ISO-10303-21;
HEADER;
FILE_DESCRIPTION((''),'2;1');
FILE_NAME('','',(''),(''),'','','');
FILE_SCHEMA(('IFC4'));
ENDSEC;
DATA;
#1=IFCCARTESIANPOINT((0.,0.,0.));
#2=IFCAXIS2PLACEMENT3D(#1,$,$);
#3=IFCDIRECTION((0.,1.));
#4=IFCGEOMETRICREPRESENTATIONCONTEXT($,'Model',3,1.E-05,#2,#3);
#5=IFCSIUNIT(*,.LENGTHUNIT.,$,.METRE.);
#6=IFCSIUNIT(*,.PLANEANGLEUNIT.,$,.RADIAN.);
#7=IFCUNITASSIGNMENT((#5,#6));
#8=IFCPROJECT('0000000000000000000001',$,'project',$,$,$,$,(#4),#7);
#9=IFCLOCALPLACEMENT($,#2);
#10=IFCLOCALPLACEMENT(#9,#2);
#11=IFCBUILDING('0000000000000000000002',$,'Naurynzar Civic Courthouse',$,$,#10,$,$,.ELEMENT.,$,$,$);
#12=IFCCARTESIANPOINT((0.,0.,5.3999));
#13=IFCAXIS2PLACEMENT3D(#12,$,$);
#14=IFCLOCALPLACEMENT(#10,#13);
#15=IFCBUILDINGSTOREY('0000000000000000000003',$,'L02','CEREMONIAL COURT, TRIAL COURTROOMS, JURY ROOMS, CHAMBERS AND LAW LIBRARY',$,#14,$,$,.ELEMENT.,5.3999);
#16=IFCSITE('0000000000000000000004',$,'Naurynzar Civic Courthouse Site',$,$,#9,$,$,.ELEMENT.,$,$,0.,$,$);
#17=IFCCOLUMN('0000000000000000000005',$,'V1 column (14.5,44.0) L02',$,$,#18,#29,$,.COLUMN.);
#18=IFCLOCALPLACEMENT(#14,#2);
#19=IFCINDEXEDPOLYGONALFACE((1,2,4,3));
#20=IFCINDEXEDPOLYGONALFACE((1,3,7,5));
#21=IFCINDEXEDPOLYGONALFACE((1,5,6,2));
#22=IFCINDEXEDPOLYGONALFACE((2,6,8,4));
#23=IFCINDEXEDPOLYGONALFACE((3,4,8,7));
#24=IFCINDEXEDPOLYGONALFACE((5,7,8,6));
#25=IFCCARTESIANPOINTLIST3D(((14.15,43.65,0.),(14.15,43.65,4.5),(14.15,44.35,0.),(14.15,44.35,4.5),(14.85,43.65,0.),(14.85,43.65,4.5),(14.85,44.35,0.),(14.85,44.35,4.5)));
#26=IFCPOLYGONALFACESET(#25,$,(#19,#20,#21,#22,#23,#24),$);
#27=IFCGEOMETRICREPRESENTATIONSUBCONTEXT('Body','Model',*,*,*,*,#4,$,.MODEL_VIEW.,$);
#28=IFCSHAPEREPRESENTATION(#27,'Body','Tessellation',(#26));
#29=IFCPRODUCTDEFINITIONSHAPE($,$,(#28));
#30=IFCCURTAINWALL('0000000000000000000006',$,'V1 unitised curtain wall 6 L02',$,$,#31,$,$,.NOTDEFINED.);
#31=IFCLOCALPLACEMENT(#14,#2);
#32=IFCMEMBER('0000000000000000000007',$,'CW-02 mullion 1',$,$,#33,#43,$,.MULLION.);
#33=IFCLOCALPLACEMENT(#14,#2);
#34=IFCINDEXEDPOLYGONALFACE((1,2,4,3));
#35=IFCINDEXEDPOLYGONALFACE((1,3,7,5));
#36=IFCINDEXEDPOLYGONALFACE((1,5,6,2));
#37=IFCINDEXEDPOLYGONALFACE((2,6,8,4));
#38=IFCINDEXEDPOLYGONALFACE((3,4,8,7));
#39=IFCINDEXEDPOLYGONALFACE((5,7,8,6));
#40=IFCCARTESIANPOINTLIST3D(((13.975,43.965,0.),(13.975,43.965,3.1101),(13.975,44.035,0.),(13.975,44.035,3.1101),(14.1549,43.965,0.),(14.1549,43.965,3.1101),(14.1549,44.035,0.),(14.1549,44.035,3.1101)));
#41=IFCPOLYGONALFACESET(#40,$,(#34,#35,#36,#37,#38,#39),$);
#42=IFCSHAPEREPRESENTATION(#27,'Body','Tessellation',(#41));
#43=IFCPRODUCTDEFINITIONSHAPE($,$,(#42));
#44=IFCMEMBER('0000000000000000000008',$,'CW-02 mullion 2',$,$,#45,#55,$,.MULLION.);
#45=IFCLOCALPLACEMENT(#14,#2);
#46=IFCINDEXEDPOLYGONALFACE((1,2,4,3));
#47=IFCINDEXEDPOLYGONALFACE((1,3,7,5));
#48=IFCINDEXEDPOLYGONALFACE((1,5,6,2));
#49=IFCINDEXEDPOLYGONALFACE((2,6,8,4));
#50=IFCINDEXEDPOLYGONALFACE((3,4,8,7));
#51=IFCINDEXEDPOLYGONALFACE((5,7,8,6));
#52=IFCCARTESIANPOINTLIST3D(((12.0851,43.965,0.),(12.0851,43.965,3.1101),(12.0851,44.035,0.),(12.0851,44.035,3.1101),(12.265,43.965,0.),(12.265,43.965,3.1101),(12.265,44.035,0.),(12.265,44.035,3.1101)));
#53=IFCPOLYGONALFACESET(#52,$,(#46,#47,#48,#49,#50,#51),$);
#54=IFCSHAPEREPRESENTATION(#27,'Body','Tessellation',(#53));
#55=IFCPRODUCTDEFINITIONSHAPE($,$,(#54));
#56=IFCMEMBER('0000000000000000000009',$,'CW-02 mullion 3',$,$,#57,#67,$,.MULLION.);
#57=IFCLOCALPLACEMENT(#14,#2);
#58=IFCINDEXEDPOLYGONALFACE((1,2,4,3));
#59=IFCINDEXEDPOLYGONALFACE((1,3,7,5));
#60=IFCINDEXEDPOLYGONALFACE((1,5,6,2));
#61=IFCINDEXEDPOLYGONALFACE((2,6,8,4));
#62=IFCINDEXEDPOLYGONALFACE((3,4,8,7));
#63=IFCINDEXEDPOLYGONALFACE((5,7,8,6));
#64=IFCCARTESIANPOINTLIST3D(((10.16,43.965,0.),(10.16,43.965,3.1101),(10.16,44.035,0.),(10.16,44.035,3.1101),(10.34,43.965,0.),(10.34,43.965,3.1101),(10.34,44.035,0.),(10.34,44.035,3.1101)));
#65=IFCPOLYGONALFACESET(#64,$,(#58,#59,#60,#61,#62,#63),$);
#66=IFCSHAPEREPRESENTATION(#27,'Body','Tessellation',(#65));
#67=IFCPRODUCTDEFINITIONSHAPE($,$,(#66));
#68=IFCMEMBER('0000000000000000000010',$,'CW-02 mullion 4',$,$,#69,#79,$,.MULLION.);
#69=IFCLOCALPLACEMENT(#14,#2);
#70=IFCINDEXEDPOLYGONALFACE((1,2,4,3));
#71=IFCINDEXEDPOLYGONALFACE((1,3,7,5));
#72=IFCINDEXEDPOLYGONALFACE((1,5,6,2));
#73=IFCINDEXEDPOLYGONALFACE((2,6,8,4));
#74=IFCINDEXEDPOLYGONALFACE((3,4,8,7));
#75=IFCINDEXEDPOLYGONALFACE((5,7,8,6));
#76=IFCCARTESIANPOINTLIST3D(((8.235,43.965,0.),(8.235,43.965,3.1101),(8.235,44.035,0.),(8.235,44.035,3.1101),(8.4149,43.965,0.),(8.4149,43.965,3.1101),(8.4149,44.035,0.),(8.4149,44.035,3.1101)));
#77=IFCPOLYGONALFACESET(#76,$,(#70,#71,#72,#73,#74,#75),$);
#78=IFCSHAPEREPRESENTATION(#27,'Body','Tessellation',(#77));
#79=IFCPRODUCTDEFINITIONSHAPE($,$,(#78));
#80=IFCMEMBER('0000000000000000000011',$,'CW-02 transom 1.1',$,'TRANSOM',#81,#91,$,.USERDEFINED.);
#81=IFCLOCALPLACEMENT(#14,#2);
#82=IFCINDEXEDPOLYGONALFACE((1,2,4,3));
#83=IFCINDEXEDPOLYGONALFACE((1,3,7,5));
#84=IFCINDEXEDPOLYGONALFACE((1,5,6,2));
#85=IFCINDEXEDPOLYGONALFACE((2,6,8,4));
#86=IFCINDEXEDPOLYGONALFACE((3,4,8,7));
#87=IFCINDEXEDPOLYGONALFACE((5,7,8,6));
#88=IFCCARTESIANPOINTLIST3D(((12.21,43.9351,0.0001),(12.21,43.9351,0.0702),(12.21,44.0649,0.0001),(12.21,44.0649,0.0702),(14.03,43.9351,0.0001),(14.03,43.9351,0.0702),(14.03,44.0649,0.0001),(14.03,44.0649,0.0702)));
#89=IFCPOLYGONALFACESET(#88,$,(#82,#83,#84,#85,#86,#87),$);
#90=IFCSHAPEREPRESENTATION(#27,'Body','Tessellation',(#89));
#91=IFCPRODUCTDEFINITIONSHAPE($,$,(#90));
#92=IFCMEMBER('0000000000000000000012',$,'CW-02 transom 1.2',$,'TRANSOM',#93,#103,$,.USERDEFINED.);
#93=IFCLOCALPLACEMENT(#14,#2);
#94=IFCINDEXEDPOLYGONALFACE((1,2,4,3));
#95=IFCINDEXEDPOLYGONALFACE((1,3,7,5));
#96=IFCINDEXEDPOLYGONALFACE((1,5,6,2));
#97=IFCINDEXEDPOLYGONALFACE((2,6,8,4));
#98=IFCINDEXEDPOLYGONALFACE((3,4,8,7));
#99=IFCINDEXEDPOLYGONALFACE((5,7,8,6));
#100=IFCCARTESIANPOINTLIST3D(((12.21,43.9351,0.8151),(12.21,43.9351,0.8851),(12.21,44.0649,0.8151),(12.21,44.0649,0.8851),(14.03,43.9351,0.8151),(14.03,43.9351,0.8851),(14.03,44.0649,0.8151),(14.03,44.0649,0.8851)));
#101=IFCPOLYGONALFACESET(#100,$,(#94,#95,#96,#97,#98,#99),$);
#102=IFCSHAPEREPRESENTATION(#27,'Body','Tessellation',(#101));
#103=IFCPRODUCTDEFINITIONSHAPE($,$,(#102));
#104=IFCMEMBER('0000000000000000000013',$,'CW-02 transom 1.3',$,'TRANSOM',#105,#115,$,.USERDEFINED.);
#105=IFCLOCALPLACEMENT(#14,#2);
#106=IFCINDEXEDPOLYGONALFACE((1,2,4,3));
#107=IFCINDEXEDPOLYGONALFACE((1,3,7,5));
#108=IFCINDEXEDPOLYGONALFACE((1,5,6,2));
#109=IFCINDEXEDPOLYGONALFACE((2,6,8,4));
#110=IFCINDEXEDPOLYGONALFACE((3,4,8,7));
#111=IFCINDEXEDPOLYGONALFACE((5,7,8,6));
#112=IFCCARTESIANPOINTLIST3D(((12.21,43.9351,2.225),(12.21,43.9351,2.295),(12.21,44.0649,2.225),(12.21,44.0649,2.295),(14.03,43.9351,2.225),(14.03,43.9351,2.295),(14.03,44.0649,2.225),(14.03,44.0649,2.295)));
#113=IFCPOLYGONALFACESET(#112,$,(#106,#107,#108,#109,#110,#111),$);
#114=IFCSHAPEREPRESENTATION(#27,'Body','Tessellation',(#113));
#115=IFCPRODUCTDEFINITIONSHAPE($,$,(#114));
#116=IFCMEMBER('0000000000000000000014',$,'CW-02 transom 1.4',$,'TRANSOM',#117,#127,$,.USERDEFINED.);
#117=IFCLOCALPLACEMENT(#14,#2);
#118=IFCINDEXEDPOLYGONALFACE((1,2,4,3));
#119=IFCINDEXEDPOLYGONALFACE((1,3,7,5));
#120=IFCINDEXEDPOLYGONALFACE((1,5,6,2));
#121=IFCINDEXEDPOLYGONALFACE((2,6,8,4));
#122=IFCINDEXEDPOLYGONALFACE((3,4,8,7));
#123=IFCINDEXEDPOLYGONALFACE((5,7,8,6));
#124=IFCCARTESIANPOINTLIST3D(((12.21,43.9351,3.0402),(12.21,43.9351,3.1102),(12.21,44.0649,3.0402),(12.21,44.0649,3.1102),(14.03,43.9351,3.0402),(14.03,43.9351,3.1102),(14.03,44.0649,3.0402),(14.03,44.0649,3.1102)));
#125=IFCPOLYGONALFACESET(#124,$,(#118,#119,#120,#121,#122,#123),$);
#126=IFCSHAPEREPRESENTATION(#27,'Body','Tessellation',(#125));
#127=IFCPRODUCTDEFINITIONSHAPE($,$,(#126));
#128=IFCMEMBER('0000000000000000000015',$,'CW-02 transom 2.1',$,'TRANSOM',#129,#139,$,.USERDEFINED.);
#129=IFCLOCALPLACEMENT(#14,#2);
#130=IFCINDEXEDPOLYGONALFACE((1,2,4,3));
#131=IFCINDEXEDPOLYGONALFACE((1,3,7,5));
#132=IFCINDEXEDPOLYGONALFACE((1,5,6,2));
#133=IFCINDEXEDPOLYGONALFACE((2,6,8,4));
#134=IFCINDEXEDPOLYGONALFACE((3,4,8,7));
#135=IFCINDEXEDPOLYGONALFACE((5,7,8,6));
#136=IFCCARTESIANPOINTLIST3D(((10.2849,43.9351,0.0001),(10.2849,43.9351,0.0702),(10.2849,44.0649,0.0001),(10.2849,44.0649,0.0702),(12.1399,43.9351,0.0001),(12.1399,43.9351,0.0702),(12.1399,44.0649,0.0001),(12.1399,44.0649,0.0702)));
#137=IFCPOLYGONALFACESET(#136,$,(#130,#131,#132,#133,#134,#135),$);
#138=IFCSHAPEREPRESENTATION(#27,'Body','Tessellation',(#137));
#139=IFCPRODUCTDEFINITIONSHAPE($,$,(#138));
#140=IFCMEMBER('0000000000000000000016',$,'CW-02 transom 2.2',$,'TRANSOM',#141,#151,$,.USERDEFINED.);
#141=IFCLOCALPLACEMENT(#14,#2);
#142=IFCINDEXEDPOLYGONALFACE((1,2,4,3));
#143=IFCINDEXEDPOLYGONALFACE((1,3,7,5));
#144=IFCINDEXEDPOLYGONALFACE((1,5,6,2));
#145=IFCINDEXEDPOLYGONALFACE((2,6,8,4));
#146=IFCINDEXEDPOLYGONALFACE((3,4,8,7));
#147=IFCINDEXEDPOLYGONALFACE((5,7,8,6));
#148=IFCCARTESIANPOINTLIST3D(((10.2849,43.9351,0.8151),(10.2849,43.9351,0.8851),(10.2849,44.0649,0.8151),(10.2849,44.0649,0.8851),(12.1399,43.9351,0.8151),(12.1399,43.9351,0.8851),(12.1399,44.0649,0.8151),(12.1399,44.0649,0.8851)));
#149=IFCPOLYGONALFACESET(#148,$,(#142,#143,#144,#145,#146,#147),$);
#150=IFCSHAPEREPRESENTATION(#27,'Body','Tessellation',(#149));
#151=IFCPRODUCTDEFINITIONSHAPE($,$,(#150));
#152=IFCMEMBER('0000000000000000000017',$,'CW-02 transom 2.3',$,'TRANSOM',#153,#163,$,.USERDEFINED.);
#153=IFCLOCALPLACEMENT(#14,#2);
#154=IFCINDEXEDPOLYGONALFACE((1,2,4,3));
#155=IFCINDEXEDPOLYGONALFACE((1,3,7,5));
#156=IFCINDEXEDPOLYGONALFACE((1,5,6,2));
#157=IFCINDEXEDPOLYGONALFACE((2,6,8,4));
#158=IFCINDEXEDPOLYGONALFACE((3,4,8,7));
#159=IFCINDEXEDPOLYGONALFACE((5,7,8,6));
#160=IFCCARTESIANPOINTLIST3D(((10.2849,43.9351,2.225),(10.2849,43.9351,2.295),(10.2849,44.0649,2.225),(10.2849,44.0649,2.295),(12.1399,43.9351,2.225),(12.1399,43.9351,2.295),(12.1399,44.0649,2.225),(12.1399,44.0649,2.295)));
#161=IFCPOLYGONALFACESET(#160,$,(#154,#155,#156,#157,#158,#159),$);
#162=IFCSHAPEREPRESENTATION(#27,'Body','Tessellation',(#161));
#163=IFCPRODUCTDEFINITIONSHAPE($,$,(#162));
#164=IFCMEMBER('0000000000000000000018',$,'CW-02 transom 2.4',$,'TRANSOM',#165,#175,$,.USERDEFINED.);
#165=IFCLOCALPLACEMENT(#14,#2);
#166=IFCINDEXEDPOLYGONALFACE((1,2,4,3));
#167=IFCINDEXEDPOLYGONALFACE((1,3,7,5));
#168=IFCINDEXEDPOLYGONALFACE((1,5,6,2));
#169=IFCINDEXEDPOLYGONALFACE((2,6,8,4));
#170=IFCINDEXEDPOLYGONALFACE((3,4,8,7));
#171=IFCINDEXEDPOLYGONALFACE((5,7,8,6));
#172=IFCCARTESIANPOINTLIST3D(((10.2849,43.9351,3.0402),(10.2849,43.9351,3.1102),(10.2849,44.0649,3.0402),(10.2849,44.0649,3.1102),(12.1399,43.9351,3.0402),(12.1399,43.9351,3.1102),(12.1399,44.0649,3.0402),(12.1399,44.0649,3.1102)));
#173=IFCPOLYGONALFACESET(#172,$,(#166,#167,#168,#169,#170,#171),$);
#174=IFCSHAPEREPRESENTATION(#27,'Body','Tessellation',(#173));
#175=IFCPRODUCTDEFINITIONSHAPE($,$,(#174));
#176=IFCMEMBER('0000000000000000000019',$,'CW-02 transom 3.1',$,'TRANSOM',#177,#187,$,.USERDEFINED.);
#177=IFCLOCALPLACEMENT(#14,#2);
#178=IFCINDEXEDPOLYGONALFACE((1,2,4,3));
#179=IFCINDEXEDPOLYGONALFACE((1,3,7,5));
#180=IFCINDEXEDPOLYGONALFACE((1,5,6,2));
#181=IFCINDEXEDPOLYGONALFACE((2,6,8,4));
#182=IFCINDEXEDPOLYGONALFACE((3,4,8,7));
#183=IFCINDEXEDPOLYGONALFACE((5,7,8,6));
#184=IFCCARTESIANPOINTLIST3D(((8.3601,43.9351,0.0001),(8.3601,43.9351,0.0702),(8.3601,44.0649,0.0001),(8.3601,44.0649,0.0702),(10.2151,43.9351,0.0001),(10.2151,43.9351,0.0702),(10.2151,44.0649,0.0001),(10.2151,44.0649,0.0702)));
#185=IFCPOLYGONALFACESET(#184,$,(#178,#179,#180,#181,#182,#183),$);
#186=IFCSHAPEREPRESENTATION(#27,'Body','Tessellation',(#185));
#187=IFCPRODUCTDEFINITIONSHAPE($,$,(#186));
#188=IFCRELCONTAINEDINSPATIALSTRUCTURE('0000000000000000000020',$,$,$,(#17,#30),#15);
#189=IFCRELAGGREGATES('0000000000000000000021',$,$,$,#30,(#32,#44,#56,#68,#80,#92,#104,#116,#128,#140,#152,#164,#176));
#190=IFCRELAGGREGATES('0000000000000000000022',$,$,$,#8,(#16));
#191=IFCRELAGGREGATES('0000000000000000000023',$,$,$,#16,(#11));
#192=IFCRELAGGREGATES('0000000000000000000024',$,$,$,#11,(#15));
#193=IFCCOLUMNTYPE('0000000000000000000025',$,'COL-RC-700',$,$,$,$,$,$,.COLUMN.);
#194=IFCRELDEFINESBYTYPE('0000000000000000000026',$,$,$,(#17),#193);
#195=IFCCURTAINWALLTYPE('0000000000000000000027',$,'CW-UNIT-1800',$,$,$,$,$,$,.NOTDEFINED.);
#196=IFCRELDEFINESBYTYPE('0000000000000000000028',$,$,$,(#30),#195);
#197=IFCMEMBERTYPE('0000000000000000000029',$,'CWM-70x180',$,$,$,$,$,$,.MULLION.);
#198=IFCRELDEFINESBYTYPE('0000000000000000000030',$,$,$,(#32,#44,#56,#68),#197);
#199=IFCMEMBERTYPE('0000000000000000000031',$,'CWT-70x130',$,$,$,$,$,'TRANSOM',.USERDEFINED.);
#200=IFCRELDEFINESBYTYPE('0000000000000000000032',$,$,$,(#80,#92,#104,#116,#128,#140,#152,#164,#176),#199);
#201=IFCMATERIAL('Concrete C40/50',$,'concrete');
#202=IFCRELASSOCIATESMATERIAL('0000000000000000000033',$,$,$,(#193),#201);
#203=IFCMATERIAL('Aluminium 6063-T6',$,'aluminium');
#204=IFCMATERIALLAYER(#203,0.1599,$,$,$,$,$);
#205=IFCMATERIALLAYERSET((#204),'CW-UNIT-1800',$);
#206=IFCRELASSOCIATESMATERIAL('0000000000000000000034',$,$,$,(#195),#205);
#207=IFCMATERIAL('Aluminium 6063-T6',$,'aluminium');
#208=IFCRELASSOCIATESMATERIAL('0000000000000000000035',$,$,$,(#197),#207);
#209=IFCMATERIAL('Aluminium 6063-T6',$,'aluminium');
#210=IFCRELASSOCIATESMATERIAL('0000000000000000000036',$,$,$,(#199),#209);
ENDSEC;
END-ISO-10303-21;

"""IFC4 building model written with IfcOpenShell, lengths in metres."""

from ifc_helpers import new_model, si_unit, direction, frame, origin, origin_2d, place, context, subcontext, project, spatial, rectangle, extrude, material, layer, layer_set, material_profile, profile_set, type_object, element, aggregate, save


model = new_model("IFC4")

# Units and contexts
model_context = context("Model", 3, precision=1e-05, world=origin(), true_north=direction((0.0, 1.0)))
body_context = subcontext(model_context, "Body", "Model", "MODEL_VIEW")
ifc_project = project(units=[si_unit("LENGTHUNIT", "METRE"), si_unit("PLANEANGLEUNIT", "RADIAN")], contexts=[model_context])

# Site, building, storey
site_placement = place(None, origin())
site = spatial("IfcSite", under=ifc_project, at=site_placement, Name="Naurynzar Civic Courthouse Site", CompositionType="ELEMENT", RefElevation=0.0)
building_placement = place(site_placement, origin())
building = spatial("IfcBuilding", under=site, at=building_placement, Name="Naurynzar Civic Courthouse", CompositionType="ELEMENT")
storey_placement = place(building_placement, frame((0.0, 0.0, 5.3999)))
storey = spatial("IfcBuildingStorey", under=building, at=storey_placement, Name="L02", Description="CEREMONIAL COURT, TRIAL COURTROOMS, JURY ROOMS, CHAMBERS AND LAW LIBRARY", CompositionType="ELEMENT", Elevation=5.3999)

# Column
ifc_material_1 = material(Name="Concrete C40/50", Category="concrete")
ifc_material_profile_1 = material_profile(ifc_material_1, rectangle(XDim=0.7, YDim=0.7, at=origin_2d()), Name="RC 700x700")
ifc_profile_set_1 = profile_set([ifc_material_profile_1], Name="Concrete C40/50")
column_type = type_object("IfcColumnType", Name="COL-RC-700", PredefinedType="COLUMN", material=ifc_profile_set_1)
column_placement = place(storey_placement, frame((14.5, 44.0, 0.0), z_axis=(0.0, 0.0, 1.0), x_axis=(1.0, 0.0, 0.0)))
element("IfcColumn", 1, at=column_placement, inside=storey, type_object=column_type, Name="V1 column (14.5,44.0) L02", PredefinedType="COLUMN", context=body_context, shape_type="SweptSolid", body=[
    extrude(rectangle(XDim=0.7, YDim=0.7, at=origin_2d()), origin(), (0.0, 0.0, 1.0), 4.5),
])

# Curtain wall, members
ifc_material_2 = material(Name="Aluminium 6063-T6", Category="aluminium")
ifc_layer_1 = layer(ifc_material_2, 0.1599)
ifc_layer_set_1 = layer_set([ifc_layer_1], Name="CW-UNIT-1800")
curtain_wall_type = type_object("IfcCurtainWallType", Name="CW-UNIT-1800", PredefinedType="NOTDEFINED", material=ifc_layer_set_1)
curtain_wall_placement = place(storey_placement, origin())
curtain_wall = element("IfcCurtainWall", 2, at=curtain_wall_placement, inside=storey, type_object=curtain_wall_type, Name="V1 unitised curtain wall 6 L02", PredefinedType="NOTDEFINED")
ifc_material_3 = material(Name="Aluminium 6063-T6", Category="aluminium")
ifc_material_profile_2 = material_profile(ifc_material_3, rectangle(XDim=0.0701, YDim=0.1799, at=origin_2d()), Name="ALU MULLION 70x180")
ifc_profile_set_2 = profile_set([ifc_material_profile_2], Name="Aluminium 6063-T6")
member_type_1 = type_object("IfcMemberType", Name="CWM-70x180", PredefinedType="MULLION", material=ifc_profile_set_2)
member_1_placement = place(storey_placement, frame((14.0649, 44.0, 0.0), z_axis=(0.0, 0.0, 1.0), x_axis=(0.0, -1.0, 0.0)))
member_1 = element("IfcMember", 3, at=member_1_placement, type_object=member_type_1, Name="CW-02 mullion 1", PredefinedType="MULLION", context=body_context, shape_type="SweptSolid", body=[
    extrude(rectangle(XDim=0.0701, YDim=0.1799, at=origin_2d()), origin(), (0.0, 0.0, 1.0), 3.1101),
])
member_2_placement = place(storey_placement, frame((12.175, 44.0, 0.0), z_axis=(0.0, 0.0, 1.0), x_axis=(0.0, -1.0, 0.0)))
member_2 = element("IfcMember", 4, at=member_2_placement, type_object=member_type_1, Name="CW-02 mullion 2", PredefinedType="MULLION", context=body_context, shape_type="SweptSolid", body=[
    extrude(rectangle(XDim=0.0701, YDim=0.1799, at=origin_2d()), origin(), (0.0, 0.0, 1.0), 3.1101),
])
member_3_placement = place(storey_placement, frame((10.25, 44.0, 0.0), z_axis=(0.0, 0.0, 1.0), x_axis=(0.0, -1.0, 0.0)))
member_3 = element("IfcMember", 5, at=member_3_placement, type_object=member_type_1, Name="CW-02 mullion 3", PredefinedType="MULLION", context=body_context, shape_type="SweptSolid", body=[
    extrude(rectangle(XDim=0.0701, YDim=0.1799, at=origin_2d()), origin(), (0.0, 0.0, 1.0), 3.1101),
])
member_4_placement = place(storey_placement, frame((8.325, 44.0, 0.0), z_axis=(0.0, 0.0, 1.0), x_axis=(0.0, -1.0, 0.0)))
member_4 = element("IfcMember", 6, at=member_4_placement, type_object=member_type_1, Name="CW-02 mullion 4", PredefinedType="MULLION", context=body_context, shape_type="SweptSolid", body=[
    extrude(rectangle(XDim=0.0701, YDim=0.1799, at=origin_2d()), origin(), (0.0, 0.0, 1.0), 3.1101),
])
ifc_material_4 = material(Name="Aluminium 6063-T6", Category="aluminium")
ifc_material_profile_3 = material_profile(ifc_material_4, rectangle(XDim=0.1299, YDim=0.0701, at=origin_2d()), Name="ALU TRANSOM 70x130")
ifc_profile_set_3 = profile_set([ifc_material_profile_3], Name="Aluminium 6063-T6")
member_type_2 = type_object("IfcMemberType", Name="CWT-70x130", ElementType="TRANSOM", PredefinedType="USERDEFINED", material=ifc_profile_set_3)
member_5_placement = place(storey_placement, frame((14.03, 44.0, 0.0352), z_axis=(-1.0, 0.0, 0.0), x_axis=(0.0, -1.0, 0.0)))
member_5 = element("IfcMember", 7, at=member_5_placement, type_object=member_type_2, Name="CW-02 transom 1.1", ObjectType="TRANSOM", PredefinedType="USERDEFINED", context=body_context, shape_type="SweptSolid", body=[
    extrude(rectangle(XDim=0.1299, YDim=0.0701, at=origin_2d()), origin(), (0.0, 0.0, 1.0), 1.8201),
])
member_6_placement = place(storey_placement, frame((14.03, 44.0, 0.8501), z_axis=(-1.0, 0.0, 0.0), x_axis=(0.0, -1.0, 0.0)))
member_6 = element("IfcMember", 8, at=member_6_placement, type_object=member_type_2, Name="CW-02 transom 1.2", ObjectType="TRANSOM", PredefinedType="USERDEFINED", context=body_context, shape_type="SweptSolid", body=[
    extrude(rectangle(XDim=0.1299, YDim=0.0701, at=origin_2d()), origin(), (0.0, 0.0, 1.0), 1.8201),
])
member_7_placement = place(storey_placement, frame((14.03, 44.0, 2.26), z_axis=(-1.0, 0.0, 0.0), x_axis=(0.0, -1.0, 0.0)))
member_7 = element("IfcMember", 9, at=member_7_placement, type_object=member_type_2, Name="CW-02 transom 1.3", ObjectType="TRANSOM", PredefinedType="USERDEFINED", context=body_context, shape_type="SweptSolid", body=[
    extrude(rectangle(XDim=0.1299, YDim=0.0701, at=origin_2d()), origin(), (0.0, 0.0, 1.0), 1.8201),
])
member_8_placement = place(storey_placement, frame((14.03, 44.0, 3.0752), z_axis=(-1.0, 0.0, 0.0), x_axis=(0.0, -1.0, 0.0)))
member_8 = element("IfcMember", 10, at=member_8_placement, type_object=member_type_2, Name="CW-02 transom 1.4", ObjectType="TRANSOM", PredefinedType="USERDEFINED", context=body_context, shape_type="SweptSolid", body=[
    extrude(rectangle(XDim=0.1299, YDim=0.0701, at=origin_2d()), origin(), (0.0, 0.0, 1.0), 1.8201),
])
member_9_placement = place(storey_placement, frame((12.1399, 44.0, 0.0352), z_axis=(-1.0, 0.0, 0.0), x_axis=(0.0, -1.0, 0.0)))
member_9 = element("IfcMember", 11, at=member_9_placement, type_object=member_type_2, Name="CW-02 transom 2.1", ObjectType="TRANSOM", PredefinedType="USERDEFINED", context=body_context, shape_type="SweptSolid", body=[
    extrude(rectangle(XDim=0.1299, YDim=0.0701, at=origin_2d()), origin(), (0.0, 0.0, 1.0), 1.855),
])
member_10_placement = place(storey_placement, frame((12.1399, 44.0, 0.8501), z_axis=(-1.0, 0.0, 0.0), x_axis=(0.0, -1.0, 0.0)))
member_10 = element("IfcMember", 12, at=member_10_placement, type_object=member_type_2, Name="CW-02 transom 2.2", ObjectType="TRANSOM", PredefinedType="USERDEFINED", context=body_context, shape_type="SweptSolid", body=[
    extrude(rectangle(XDim=0.1299, YDim=0.0701, at=origin_2d()), origin(), (0.0, 0.0, 1.0), 1.855),
])
member_11_placement = place(storey_placement, frame((12.1399, 44.0, 2.26), z_axis=(-1.0, 0.0, 0.0), x_axis=(0.0, -1.0, 0.0)))
member_11 = element("IfcMember", 13, at=member_11_placement, type_object=member_type_2, Name="CW-02 transom 2.3", ObjectType="TRANSOM", PredefinedType="USERDEFINED", context=body_context, shape_type="SweptSolid", body=[
    extrude(rectangle(XDim=0.1299, YDim=0.0701, at=origin_2d()), origin(), (0.0, 0.0, 1.0), 1.855),
])
member_12_placement = place(storey_placement, frame((12.1399, 44.0, 3.0752), z_axis=(-1.0, 0.0, 0.0), x_axis=(0.0, -1.0, 0.0)))
member_12 = element("IfcMember", 14, at=member_12_placement, type_object=member_type_2, Name="CW-02 transom 2.4", ObjectType="TRANSOM", PredefinedType="USERDEFINED", context=body_context, shape_type="SweptSolid", body=[
    extrude(rectangle(XDim=0.1299, YDim=0.0701, at=origin_2d()), origin(), (0.0, 0.0, 1.0), 1.855),
])
member_13_placement = place(storey_placement, frame((10.2151, 44.0, 0.0352), z_axis=(-1.0, 0.0, 0.0), x_axis=(0.0, -1.0, 0.0)))
member_13 = element("IfcMember", 15, at=member_13_placement, type_object=member_type_2, Name="CW-02 transom 3.1", ObjectType="TRANSOM", PredefinedType="USERDEFINED", context=body_context, shape_type="SweptSolid", body=[
    extrude(rectangle(XDim=0.1299, YDim=0.0701, at=origin_2d()), origin(), (0.0, 0.0, 1.0), 1.855),
])
aggregate(curtain_wall, [member_1, member_2, member_3, member_4, member_5, member_6, member_7, member_8, member_9, member_10, member_11, member_12, member_13])

save(model, "model.ifc")
